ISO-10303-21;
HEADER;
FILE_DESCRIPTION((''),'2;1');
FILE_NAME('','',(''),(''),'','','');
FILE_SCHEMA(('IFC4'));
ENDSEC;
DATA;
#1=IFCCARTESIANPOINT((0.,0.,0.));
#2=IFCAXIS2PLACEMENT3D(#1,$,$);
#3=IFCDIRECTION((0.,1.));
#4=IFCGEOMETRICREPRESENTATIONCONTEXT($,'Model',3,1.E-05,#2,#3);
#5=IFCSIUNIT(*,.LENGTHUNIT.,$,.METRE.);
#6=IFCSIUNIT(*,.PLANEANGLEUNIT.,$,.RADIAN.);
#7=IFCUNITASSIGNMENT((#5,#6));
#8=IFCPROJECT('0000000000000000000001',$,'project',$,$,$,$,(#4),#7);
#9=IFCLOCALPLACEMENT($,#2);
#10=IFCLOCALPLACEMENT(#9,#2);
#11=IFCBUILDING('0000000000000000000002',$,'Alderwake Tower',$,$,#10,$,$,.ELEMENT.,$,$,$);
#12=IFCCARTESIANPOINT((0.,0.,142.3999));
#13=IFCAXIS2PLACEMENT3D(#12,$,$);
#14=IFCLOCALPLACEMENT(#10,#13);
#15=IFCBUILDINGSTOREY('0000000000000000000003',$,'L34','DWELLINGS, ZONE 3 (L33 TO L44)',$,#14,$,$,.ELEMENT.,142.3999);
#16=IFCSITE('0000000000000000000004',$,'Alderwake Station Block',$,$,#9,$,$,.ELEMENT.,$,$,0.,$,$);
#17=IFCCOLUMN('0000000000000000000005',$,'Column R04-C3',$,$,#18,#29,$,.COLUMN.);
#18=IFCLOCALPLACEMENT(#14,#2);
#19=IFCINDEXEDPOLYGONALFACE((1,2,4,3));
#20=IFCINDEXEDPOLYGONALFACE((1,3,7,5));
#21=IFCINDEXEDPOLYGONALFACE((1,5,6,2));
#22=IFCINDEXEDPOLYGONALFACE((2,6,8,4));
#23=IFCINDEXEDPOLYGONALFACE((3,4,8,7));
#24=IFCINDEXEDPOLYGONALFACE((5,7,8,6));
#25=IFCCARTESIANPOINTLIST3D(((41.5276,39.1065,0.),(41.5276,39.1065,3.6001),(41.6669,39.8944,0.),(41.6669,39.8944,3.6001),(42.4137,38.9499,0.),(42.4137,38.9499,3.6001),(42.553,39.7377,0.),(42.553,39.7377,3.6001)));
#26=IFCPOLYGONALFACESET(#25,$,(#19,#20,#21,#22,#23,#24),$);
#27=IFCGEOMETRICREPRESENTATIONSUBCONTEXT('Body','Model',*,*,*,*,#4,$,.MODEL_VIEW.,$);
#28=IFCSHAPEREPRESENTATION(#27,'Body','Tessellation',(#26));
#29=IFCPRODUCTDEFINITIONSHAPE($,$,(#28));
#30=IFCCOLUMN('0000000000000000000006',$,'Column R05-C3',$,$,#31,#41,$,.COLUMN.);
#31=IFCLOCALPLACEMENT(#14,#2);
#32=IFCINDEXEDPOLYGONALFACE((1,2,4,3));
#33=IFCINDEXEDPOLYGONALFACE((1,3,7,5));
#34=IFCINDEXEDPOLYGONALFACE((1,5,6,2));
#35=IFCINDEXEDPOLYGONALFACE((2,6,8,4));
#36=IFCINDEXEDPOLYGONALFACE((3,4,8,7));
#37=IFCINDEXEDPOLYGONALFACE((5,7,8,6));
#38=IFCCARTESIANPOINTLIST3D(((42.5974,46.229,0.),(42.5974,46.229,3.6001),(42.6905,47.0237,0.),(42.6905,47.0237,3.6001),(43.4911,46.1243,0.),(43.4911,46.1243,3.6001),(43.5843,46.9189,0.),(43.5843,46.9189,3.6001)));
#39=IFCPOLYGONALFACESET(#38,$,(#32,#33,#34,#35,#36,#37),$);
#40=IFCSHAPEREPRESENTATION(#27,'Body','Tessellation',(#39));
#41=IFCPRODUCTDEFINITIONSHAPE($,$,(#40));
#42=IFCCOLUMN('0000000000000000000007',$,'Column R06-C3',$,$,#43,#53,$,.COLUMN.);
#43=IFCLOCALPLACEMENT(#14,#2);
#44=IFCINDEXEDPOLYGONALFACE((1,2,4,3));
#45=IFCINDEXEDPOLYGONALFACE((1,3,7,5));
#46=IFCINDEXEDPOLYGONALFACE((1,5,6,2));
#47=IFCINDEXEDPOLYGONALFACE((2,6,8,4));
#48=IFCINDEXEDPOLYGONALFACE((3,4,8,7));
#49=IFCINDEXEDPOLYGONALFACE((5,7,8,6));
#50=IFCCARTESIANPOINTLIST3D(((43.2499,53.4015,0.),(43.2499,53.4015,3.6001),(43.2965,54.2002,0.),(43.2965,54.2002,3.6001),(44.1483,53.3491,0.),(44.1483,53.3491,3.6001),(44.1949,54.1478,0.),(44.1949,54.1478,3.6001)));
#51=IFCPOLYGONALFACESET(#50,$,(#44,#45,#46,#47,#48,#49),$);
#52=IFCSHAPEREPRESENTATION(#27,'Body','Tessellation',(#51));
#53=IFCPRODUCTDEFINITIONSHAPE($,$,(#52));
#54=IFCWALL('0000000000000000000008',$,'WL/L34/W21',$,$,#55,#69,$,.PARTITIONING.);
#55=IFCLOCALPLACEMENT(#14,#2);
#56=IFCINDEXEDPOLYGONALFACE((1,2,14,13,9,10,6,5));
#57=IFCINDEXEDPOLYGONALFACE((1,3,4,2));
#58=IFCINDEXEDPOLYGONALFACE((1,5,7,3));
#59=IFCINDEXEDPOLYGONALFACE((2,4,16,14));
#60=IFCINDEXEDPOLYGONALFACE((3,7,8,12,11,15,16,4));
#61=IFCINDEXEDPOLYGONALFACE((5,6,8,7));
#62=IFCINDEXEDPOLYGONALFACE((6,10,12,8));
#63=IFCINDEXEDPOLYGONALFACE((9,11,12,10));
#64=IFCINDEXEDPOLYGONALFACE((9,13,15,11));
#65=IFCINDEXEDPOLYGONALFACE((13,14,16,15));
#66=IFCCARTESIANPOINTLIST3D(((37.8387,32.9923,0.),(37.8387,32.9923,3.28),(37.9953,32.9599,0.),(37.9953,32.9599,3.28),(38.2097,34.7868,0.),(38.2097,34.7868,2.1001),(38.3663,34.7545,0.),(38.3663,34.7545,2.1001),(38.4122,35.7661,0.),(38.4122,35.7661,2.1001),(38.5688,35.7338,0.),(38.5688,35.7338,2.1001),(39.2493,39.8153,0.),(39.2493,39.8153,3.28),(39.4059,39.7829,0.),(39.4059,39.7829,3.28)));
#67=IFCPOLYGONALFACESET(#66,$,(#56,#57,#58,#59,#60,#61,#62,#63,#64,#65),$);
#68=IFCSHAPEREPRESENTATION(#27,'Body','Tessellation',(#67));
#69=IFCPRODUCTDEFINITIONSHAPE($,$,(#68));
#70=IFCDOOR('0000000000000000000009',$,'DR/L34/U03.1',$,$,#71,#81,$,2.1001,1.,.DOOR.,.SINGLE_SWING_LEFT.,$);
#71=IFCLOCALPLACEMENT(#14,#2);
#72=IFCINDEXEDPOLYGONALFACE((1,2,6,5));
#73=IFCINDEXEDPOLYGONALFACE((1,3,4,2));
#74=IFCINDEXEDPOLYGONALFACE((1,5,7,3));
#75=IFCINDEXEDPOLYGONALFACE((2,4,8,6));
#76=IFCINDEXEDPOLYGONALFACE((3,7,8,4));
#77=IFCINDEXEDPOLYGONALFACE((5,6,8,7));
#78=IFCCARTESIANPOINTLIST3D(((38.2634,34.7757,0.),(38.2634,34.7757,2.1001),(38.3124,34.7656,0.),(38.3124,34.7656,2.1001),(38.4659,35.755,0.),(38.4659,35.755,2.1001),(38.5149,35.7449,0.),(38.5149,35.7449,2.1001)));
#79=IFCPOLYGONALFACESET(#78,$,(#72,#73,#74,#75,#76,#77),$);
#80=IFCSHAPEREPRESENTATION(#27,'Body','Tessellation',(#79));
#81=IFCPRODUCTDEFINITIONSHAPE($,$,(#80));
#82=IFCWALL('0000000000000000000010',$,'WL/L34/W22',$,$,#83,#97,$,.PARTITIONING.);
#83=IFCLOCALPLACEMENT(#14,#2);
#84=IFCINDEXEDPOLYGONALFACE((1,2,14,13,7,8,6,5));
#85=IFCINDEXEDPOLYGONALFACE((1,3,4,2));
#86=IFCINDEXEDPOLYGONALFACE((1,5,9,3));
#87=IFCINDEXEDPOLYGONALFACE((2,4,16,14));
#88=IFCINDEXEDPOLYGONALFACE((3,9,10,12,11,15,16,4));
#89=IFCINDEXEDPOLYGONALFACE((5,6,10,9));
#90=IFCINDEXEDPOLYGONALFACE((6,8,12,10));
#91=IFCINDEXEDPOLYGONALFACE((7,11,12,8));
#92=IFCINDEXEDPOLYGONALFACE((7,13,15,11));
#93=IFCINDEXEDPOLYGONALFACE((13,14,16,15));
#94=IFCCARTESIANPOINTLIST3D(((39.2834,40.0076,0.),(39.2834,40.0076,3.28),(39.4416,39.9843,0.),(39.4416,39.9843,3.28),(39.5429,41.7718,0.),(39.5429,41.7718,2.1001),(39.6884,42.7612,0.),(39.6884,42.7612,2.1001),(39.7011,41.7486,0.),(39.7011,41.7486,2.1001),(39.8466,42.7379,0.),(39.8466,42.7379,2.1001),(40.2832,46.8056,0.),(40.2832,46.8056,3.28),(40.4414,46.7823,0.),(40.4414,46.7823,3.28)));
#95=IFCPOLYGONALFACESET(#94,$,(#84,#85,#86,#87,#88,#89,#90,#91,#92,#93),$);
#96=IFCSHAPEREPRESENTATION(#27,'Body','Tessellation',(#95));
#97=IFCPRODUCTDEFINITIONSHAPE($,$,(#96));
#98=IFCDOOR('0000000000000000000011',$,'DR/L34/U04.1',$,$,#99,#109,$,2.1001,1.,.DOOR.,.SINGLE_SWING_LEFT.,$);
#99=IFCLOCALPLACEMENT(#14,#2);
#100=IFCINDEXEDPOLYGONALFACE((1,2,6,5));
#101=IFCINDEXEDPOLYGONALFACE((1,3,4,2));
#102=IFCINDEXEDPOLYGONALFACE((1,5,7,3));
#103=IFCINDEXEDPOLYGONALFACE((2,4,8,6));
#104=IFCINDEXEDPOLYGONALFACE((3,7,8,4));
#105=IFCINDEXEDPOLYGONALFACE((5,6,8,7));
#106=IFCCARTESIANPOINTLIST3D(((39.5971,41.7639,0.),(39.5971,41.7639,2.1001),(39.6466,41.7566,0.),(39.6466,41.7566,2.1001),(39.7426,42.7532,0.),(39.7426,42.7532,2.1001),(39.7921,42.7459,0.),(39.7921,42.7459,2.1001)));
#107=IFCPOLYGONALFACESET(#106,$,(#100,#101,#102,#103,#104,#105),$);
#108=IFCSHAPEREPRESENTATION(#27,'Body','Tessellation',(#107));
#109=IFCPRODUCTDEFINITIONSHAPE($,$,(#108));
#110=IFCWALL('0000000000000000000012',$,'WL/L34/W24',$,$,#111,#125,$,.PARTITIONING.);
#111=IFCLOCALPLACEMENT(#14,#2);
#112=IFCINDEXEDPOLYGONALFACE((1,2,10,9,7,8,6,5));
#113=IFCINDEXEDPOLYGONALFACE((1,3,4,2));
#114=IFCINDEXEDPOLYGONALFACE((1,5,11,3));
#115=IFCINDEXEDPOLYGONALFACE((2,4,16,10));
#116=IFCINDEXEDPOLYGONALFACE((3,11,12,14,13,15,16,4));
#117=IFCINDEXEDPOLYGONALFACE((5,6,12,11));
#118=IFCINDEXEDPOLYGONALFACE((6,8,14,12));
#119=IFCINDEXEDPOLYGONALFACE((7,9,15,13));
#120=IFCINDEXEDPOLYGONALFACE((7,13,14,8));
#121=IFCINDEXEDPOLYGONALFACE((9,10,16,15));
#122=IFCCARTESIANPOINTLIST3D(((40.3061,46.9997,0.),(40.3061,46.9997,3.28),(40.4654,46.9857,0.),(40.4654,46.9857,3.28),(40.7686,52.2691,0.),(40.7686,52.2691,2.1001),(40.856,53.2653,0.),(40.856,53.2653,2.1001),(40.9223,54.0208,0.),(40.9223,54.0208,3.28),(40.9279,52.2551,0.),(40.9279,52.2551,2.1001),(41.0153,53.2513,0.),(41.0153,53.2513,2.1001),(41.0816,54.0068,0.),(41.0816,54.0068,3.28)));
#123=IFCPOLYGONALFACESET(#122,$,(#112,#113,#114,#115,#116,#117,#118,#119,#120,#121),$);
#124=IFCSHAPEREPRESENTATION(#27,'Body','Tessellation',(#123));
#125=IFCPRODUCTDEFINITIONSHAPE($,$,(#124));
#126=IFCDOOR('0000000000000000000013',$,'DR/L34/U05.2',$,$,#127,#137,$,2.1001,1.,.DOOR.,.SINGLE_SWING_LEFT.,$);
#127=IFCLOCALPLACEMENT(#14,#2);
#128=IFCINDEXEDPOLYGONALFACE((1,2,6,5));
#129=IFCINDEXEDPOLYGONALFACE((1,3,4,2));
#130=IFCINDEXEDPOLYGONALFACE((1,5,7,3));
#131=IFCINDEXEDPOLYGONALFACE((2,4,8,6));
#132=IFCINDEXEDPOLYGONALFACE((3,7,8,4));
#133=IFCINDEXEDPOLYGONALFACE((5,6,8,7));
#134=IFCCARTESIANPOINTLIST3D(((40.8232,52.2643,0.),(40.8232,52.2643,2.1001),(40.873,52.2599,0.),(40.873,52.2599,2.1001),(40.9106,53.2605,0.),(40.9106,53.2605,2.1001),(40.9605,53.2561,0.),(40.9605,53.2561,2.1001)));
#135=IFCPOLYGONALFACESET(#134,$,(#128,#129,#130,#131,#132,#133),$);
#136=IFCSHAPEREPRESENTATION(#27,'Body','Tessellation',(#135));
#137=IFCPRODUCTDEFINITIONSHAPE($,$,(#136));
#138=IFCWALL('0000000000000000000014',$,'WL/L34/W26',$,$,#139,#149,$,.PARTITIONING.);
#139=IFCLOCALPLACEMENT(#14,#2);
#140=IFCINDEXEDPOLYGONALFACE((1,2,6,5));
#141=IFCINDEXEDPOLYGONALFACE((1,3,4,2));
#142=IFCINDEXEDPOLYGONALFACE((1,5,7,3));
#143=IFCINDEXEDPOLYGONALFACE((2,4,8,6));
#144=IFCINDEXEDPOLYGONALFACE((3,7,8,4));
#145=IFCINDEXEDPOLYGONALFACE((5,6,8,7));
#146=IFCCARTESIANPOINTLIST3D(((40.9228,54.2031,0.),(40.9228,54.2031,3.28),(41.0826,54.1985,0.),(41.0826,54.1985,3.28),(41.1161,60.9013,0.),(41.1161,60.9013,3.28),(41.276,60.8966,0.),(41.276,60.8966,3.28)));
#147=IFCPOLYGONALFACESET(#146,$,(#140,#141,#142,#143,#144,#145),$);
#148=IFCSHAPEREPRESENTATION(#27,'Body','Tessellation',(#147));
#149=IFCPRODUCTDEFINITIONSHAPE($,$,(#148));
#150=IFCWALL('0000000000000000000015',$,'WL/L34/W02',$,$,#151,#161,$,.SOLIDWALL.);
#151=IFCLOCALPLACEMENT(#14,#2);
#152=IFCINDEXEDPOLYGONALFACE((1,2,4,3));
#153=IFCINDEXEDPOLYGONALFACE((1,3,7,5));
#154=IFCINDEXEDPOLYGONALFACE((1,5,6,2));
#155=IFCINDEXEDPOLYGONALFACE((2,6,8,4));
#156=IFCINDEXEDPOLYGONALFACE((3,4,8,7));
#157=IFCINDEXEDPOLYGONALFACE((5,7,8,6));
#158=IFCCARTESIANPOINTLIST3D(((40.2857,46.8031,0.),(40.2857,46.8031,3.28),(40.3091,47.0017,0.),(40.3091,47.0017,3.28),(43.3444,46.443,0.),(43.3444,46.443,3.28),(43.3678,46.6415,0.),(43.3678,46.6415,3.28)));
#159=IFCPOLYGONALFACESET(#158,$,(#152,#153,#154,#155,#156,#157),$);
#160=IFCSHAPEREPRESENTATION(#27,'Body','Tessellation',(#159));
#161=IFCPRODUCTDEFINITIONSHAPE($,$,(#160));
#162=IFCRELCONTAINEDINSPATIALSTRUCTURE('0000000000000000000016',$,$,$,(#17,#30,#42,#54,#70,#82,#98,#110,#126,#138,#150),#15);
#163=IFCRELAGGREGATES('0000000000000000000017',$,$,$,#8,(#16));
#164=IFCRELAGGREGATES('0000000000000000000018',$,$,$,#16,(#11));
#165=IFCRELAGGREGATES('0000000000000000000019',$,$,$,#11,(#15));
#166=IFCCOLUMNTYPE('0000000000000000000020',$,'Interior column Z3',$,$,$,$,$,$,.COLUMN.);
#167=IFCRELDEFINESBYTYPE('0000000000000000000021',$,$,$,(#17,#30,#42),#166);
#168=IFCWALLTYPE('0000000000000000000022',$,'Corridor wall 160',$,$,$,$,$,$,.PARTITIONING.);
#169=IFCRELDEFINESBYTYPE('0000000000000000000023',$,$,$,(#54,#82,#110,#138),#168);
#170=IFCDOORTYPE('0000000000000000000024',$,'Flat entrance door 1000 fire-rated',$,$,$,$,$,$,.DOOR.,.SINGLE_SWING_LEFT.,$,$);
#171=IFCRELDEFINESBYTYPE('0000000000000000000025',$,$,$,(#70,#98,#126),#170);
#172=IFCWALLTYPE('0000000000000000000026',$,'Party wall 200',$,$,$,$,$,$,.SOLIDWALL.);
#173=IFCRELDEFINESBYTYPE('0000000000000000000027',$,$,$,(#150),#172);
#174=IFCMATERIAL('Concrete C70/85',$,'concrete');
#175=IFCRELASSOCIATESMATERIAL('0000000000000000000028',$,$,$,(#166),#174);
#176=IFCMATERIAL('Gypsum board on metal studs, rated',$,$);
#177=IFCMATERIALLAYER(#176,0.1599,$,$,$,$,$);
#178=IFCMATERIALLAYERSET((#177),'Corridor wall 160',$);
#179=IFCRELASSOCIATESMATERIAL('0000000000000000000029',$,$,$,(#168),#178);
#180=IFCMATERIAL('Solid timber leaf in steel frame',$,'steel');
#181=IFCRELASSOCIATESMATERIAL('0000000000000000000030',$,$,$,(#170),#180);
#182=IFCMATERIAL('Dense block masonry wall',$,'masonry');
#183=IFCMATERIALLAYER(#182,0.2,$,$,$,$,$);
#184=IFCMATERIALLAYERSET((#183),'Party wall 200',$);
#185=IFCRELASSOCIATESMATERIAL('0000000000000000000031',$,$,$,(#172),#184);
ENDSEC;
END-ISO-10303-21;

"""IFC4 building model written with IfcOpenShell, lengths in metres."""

from ifc_helpers import new_model, si_unit, direction, frame, frame_2d, origin, origin_2d, place, context, subcontext, project, spatial, rectangle, extrude, material, layer, layer_set, material_profile, profile_set, type_object, element, fill, save


model = new_model("IFC4")

# Units and contexts
model_context = context("Model", 3, precision=1e-05, world=origin(), true_north=direction((0.0, 1.0)))
body_context = subcontext(model_context, "Body", "Model", "MODEL_VIEW")
ifc_project = project(units=[si_unit("LENGTHUNIT", "METRE"), si_unit("PLANEANGLEUNIT", "RADIAN")], contexts=[model_context])

# Site, building, storey
site_placement = place(None, origin())
site = spatial("IfcSite", under=ifc_project, at=site_placement, Name="Alderwake Station Block", CompositionType="ELEMENT", RefElevation=0.0)
building_placement = place(site_placement, origin())
building = spatial("IfcBuilding", under=site, at=building_placement, Name="Alderwake Tower", CompositionType="ELEMENT")
storey_placement = place(building_placement, frame((0.0, 0.0, 142.3999)))
storey = spatial("IfcBuildingStorey", under=building, at=storey_placement, Name="L34", Description="DWELLINGS, ZONE 3 (L33 TO L44)", CompositionType="ELEMENT", Elevation=142.3999)

# Columns
ifc_material_1 = material(Name="Concrete C70/85", Category="concrete")
ifc_material_profile = material_profile(ifc_material_1, rectangle(XDim=0.8, YDim=0.8999, at=origin_2d()), Name="RC 900X800")
ifc_profile_set = profile_set([ifc_material_profile], Name="Concrete C70/85")
column_type = type_object("IfcColumnType", Name="Interior column Z3", PredefinedType="COLUMN", material=ifc_profile_set)
for number, where, z_axis, x_axis, name in (
    (1, (42.0403, 39.4221, 0.0), (0.0, 0.0, 1.0), (0.174109, 0.984726, 0.0), "Column R04-C3"),
    (2, (43.0908, 46.574, 0.0), (0.0, 0.0, 1.0), (0.116402, 0.993202, 0.0), "Column R05-C3"),
    (3, (43.7224, 53.7747, 0.0), (0.0, 0.0, 1.0), (0.058299, 0.998299, 0.0), "Column R06-C3"),
):
    element("IfcColumn", number, at=place(storey_placement, frame(where, z_axis=z_axis, x_axis=x_axis)), inside=storey, type_object=column_type, Name=name, PredefinedType="COLUMN", context=body_context, shape_type="SweptSolid", body=[
        extrude(rectangle(XDim=0.8, YDim=0.8999, at=origin_2d()), origin(), (0.0, 0.0, 1.0), 3.6001),
    ])

# Walls, openings, doors
ifc_material_2 = material(Name="Gypsum board on metal studs, rated")
ifc_layer_1 = layer(ifc_material_2, 0.1599)
ifc_layer_set_1 = layer_set([ifc_layer_1], Name="Corridor wall 160")
wall_type_1 = type_object("IfcWallType", Name="Corridor wall 160", PredefinedType="PARTITIONING", material=ifc_layer_set_1)
wall_1_placement = place(storey_placement, frame((39.3276, 39.7991, 0.0), z_axis=(0.0, 0.0, 1.0), x_axis=(-0.202467, -0.979289, 0.0)))
wall_1 = element("IfcWall", 4, at=wall_1_placement, inside=storey, type_object=wall_type_1, Name="WL/L34/W21", PredefinedType="PARTITIONING", context=body_context, shape_type="SweptSolid", body=[
    extrude(rectangle(XDim=6.9673, YDim=0.1599, at=frame_2d((3.4836, 0.0))), origin(), (0.0, 0.0, 1.0), 3.28),
])
opening_1_placement = place(wall_1_placement, frame((4.1348, 0.0, 0.0)))
opening_1 = element("IfcOpeningElement", 5, at=opening_1_placement, cuts=wall_1, PredefinedType="OPENING", context=body_context, shape_type="SweptSolid", body=[
    extrude(rectangle(XDim=1.0, YDim=2.1001, at=frame_2d((0.5, 1.05))), frame((0.0, 0.0898, 0.0), z_axis=(0.0, -1.0, 0.0), x_axis=(1.0, 0.0, 0.0)), (0.0, 0.0, 1.0), 0.1799),
])
ifc_material_3 = material(Name="Solid timber leaf in steel frame", Category="steel")
door_type_1 = type_object("IfcDoorType", Name="Flat entrance door 1000 fire-rated", OperationType="SINGLE_SWING_LEFT", PredefinedType="DOOR", material=ifc_material_3)
door_1_placement = place(opening_1_placement, origin())
door_1 = element("IfcDoor", 6, at=door_1_placement, inside=storey, type_object=door_type_1, Name="DR/L34/U03.1", OperationType="SINGLE_SWING_LEFT", OverallHeight=2.1001, OverallWidth=1.0, PredefinedType="DOOR", context=body_context, shape_type="SweptSolid", body=[
    extrude(rectangle(XDim=1.0, YDim=2.1001, at=frame_2d((0.5, 1.05))), frame((0.0, 0.0249, 0.0), z_axis=(0.0, -1.0, 0.0), x_axis=(1.0, 0.0, 0.0)), (0.0, 0.0, 1.0), 0.05),
])
fill(opening_1, door_1)
wall_2_placement = place(storey_placement, frame((40.3623, 46.7939, 0.0), z_axis=(0.0, 0.0, 1.0), x_axis=(-0.145504, -0.989358, 0.0)))
wall_2 = element("IfcWall", 7, at=wall_2_placement, inside=storey, type_object=wall_type_1, Name="WL/L34/W22", PredefinedType="PARTITIONING", context=body_context, shape_type="SweptSolid", body=[
    extrude(rectangle(XDim=6.8711, YDim=0.1599, at=frame_2d((3.4355, 0.0))), origin(), (0.0, 0.0, 1.0), 3.28),
])
opening_2_placement = place(wall_2_placement, frame((4.0879, 0.0, 0.0)))
opening_2 = element("IfcOpeningElement", 8, at=opening_2_placement, cuts=wall_2, PredefinedType="OPENING", context=body_context, shape_type="SweptSolid", body=[
    extrude(rectangle(XDim=1.0, YDim=2.1001, at=frame_2d((0.5, 1.05))), frame((0.0, 0.0898, 0.0), z_axis=(0.0, -1.0, 0.0), x_axis=(1.0, 0.0, 0.0)), (0.0, 0.0, 1.0), 0.1799),
])
door_2_placement = place(opening_2_placement, origin())
door_2 = element("IfcDoor", 9, at=door_2_placement, inside=storey, type_object=door_type_1, Name="DR/L34/U04.1", OperationType="SINGLE_SWING_LEFT", OverallHeight=2.1001, OverallWidth=1.0, PredefinedType="DOOR", context=body_context, shape_type="SweptSolid", body=[
    extrude(rectangle(XDim=1.0, YDim=2.1001, at=frame_2d((0.5, 1.05))), frame((0.0, 0.0249, 0.0), z_axis=(0.0, -1.0, 0.0), x_axis=(1.0, 0.0, 0.0)), (0.0, 0.0, 1.0), 0.05),
])
fill(opening_2, door_2)
wall_3_placement = place(storey_placement, frame((41.002, 54.0137, 0.0), z_axis=(0.0, 0.0, 1.0), x_axis=(-0.087431, -0.996171, 0.0)))
wall_3 = element("IfcWall", 10, at=wall_3_placement, inside=storey, type_object=wall_type_1, Name="WL/L34/W24", PredefinedType="PARTITIONING", context=body_context, shape_type="SweptSolid", body=[
    extrude(rectangle(XDim=7.0481, YDim=0.1599, at=frame_2d((3.5239, 0.0))), origin(), (0.0, 0.0, 1.0), 3.28),
])
opening_3_placement = place(wall_3_placement, frame((0.7583, 0.0, 0.0)))
opening_3 = element("IfcOpeningElement", 11, at=opening_3_placement, cuts=wall_3, PredefinedType="OPENING", context=body_context, shape_type="SweptSolid", body=[
    extrude(rectangle(XDim=1.0, YDim=2.1001, at=frame_2d((0.5, 1.05))), frame((0.0, 0.0898, 0.0), z_axis=(0.0, -1.0, 0.0), x_axis=(1.0, 0.0, 0.0)), (0.0, 0.0, 1.0), 0.1799),
])
door_3_placement = place(opening_3_placement, origin())
door_3 = element("IfcDoor", 12, at=door_3_placement, inside=storey, type_object=door_type_1, Name="DR/L34/U05.2", OperationType="SINGLE_SWING_LEFT", OverallHeight=2.1001, OverallWidth=1.0, PredefinedType="DOOR", context=body_context, shape_type="SweptSolid", body=[
    extrude(rectangle(XDim=1.0, YDim=2.1001, at=frame_2d((0.5, 1.05))), frame((0.0, 0.0249, 0.0), z_axis=(0.0, -1.0, 0.0), x_axis=(1.0, 0.0, 0.0)), (0.0, 0.0, 1.0), 0.05),
])
fill(opening_3, door_3)

# Walls
wall_4_placement = place(storey_placement, frame((41.0027, 54.2007, 0.0), z_axis=(0.0, 0.0, 1.0), x_axis=(0.028855, 0.999584, 0.0)))
element("IfcWall", 13, at=wall_4_placement, inside=storey, type_object=wall_type_1, Name="WL/L34/W26", PredefinedType="PARTITIONING", context=body_context, shape_type="SweptSolid", body=[
    extrude(rectangle(XDim=6.7009, YDim=0.1599, at=frame_2d((3.3506, 0.0))), origin(), (0.0, 0.0, 1.0), 3.28),
])
ifc_material_4 = material(Name="Dense block masonry wall", Category="masonry")
ifc_layer_2 = layer(ifc_material_4, 0.2)
ifc_layer_set_2 = layer_set([ifc_layer_2], Name="Party wall 200")
wall_type_2 = type_object("IfcWallType", Name="Party wall 200", PredefinedType="SOLIDWALL", material=ifc_layer_set_2)
wall_5_placement = place(storey_placement, frame((43.3562, 46.5422, 0.0), z_axis=(0.0, 0.0, 1.0), x_axis=(-0.99314, 0.116929, 0.0)))
element("IfcWall", 14, at=wall_5_placement, inside=storey, type_object=wall_type_2, Name="WL/L34/W02", PredefinedType="SOLIDWALL", context=body_context, shape_type="SweptSolid", body=[
    extrude(rectangle(XDim=3.0798, YDim=0.2, at=frame_2d((1.54, 0.0))), origin(), (0.0, 0.0, 1.0), 3.28),
])

save(model, "model.ifc")
